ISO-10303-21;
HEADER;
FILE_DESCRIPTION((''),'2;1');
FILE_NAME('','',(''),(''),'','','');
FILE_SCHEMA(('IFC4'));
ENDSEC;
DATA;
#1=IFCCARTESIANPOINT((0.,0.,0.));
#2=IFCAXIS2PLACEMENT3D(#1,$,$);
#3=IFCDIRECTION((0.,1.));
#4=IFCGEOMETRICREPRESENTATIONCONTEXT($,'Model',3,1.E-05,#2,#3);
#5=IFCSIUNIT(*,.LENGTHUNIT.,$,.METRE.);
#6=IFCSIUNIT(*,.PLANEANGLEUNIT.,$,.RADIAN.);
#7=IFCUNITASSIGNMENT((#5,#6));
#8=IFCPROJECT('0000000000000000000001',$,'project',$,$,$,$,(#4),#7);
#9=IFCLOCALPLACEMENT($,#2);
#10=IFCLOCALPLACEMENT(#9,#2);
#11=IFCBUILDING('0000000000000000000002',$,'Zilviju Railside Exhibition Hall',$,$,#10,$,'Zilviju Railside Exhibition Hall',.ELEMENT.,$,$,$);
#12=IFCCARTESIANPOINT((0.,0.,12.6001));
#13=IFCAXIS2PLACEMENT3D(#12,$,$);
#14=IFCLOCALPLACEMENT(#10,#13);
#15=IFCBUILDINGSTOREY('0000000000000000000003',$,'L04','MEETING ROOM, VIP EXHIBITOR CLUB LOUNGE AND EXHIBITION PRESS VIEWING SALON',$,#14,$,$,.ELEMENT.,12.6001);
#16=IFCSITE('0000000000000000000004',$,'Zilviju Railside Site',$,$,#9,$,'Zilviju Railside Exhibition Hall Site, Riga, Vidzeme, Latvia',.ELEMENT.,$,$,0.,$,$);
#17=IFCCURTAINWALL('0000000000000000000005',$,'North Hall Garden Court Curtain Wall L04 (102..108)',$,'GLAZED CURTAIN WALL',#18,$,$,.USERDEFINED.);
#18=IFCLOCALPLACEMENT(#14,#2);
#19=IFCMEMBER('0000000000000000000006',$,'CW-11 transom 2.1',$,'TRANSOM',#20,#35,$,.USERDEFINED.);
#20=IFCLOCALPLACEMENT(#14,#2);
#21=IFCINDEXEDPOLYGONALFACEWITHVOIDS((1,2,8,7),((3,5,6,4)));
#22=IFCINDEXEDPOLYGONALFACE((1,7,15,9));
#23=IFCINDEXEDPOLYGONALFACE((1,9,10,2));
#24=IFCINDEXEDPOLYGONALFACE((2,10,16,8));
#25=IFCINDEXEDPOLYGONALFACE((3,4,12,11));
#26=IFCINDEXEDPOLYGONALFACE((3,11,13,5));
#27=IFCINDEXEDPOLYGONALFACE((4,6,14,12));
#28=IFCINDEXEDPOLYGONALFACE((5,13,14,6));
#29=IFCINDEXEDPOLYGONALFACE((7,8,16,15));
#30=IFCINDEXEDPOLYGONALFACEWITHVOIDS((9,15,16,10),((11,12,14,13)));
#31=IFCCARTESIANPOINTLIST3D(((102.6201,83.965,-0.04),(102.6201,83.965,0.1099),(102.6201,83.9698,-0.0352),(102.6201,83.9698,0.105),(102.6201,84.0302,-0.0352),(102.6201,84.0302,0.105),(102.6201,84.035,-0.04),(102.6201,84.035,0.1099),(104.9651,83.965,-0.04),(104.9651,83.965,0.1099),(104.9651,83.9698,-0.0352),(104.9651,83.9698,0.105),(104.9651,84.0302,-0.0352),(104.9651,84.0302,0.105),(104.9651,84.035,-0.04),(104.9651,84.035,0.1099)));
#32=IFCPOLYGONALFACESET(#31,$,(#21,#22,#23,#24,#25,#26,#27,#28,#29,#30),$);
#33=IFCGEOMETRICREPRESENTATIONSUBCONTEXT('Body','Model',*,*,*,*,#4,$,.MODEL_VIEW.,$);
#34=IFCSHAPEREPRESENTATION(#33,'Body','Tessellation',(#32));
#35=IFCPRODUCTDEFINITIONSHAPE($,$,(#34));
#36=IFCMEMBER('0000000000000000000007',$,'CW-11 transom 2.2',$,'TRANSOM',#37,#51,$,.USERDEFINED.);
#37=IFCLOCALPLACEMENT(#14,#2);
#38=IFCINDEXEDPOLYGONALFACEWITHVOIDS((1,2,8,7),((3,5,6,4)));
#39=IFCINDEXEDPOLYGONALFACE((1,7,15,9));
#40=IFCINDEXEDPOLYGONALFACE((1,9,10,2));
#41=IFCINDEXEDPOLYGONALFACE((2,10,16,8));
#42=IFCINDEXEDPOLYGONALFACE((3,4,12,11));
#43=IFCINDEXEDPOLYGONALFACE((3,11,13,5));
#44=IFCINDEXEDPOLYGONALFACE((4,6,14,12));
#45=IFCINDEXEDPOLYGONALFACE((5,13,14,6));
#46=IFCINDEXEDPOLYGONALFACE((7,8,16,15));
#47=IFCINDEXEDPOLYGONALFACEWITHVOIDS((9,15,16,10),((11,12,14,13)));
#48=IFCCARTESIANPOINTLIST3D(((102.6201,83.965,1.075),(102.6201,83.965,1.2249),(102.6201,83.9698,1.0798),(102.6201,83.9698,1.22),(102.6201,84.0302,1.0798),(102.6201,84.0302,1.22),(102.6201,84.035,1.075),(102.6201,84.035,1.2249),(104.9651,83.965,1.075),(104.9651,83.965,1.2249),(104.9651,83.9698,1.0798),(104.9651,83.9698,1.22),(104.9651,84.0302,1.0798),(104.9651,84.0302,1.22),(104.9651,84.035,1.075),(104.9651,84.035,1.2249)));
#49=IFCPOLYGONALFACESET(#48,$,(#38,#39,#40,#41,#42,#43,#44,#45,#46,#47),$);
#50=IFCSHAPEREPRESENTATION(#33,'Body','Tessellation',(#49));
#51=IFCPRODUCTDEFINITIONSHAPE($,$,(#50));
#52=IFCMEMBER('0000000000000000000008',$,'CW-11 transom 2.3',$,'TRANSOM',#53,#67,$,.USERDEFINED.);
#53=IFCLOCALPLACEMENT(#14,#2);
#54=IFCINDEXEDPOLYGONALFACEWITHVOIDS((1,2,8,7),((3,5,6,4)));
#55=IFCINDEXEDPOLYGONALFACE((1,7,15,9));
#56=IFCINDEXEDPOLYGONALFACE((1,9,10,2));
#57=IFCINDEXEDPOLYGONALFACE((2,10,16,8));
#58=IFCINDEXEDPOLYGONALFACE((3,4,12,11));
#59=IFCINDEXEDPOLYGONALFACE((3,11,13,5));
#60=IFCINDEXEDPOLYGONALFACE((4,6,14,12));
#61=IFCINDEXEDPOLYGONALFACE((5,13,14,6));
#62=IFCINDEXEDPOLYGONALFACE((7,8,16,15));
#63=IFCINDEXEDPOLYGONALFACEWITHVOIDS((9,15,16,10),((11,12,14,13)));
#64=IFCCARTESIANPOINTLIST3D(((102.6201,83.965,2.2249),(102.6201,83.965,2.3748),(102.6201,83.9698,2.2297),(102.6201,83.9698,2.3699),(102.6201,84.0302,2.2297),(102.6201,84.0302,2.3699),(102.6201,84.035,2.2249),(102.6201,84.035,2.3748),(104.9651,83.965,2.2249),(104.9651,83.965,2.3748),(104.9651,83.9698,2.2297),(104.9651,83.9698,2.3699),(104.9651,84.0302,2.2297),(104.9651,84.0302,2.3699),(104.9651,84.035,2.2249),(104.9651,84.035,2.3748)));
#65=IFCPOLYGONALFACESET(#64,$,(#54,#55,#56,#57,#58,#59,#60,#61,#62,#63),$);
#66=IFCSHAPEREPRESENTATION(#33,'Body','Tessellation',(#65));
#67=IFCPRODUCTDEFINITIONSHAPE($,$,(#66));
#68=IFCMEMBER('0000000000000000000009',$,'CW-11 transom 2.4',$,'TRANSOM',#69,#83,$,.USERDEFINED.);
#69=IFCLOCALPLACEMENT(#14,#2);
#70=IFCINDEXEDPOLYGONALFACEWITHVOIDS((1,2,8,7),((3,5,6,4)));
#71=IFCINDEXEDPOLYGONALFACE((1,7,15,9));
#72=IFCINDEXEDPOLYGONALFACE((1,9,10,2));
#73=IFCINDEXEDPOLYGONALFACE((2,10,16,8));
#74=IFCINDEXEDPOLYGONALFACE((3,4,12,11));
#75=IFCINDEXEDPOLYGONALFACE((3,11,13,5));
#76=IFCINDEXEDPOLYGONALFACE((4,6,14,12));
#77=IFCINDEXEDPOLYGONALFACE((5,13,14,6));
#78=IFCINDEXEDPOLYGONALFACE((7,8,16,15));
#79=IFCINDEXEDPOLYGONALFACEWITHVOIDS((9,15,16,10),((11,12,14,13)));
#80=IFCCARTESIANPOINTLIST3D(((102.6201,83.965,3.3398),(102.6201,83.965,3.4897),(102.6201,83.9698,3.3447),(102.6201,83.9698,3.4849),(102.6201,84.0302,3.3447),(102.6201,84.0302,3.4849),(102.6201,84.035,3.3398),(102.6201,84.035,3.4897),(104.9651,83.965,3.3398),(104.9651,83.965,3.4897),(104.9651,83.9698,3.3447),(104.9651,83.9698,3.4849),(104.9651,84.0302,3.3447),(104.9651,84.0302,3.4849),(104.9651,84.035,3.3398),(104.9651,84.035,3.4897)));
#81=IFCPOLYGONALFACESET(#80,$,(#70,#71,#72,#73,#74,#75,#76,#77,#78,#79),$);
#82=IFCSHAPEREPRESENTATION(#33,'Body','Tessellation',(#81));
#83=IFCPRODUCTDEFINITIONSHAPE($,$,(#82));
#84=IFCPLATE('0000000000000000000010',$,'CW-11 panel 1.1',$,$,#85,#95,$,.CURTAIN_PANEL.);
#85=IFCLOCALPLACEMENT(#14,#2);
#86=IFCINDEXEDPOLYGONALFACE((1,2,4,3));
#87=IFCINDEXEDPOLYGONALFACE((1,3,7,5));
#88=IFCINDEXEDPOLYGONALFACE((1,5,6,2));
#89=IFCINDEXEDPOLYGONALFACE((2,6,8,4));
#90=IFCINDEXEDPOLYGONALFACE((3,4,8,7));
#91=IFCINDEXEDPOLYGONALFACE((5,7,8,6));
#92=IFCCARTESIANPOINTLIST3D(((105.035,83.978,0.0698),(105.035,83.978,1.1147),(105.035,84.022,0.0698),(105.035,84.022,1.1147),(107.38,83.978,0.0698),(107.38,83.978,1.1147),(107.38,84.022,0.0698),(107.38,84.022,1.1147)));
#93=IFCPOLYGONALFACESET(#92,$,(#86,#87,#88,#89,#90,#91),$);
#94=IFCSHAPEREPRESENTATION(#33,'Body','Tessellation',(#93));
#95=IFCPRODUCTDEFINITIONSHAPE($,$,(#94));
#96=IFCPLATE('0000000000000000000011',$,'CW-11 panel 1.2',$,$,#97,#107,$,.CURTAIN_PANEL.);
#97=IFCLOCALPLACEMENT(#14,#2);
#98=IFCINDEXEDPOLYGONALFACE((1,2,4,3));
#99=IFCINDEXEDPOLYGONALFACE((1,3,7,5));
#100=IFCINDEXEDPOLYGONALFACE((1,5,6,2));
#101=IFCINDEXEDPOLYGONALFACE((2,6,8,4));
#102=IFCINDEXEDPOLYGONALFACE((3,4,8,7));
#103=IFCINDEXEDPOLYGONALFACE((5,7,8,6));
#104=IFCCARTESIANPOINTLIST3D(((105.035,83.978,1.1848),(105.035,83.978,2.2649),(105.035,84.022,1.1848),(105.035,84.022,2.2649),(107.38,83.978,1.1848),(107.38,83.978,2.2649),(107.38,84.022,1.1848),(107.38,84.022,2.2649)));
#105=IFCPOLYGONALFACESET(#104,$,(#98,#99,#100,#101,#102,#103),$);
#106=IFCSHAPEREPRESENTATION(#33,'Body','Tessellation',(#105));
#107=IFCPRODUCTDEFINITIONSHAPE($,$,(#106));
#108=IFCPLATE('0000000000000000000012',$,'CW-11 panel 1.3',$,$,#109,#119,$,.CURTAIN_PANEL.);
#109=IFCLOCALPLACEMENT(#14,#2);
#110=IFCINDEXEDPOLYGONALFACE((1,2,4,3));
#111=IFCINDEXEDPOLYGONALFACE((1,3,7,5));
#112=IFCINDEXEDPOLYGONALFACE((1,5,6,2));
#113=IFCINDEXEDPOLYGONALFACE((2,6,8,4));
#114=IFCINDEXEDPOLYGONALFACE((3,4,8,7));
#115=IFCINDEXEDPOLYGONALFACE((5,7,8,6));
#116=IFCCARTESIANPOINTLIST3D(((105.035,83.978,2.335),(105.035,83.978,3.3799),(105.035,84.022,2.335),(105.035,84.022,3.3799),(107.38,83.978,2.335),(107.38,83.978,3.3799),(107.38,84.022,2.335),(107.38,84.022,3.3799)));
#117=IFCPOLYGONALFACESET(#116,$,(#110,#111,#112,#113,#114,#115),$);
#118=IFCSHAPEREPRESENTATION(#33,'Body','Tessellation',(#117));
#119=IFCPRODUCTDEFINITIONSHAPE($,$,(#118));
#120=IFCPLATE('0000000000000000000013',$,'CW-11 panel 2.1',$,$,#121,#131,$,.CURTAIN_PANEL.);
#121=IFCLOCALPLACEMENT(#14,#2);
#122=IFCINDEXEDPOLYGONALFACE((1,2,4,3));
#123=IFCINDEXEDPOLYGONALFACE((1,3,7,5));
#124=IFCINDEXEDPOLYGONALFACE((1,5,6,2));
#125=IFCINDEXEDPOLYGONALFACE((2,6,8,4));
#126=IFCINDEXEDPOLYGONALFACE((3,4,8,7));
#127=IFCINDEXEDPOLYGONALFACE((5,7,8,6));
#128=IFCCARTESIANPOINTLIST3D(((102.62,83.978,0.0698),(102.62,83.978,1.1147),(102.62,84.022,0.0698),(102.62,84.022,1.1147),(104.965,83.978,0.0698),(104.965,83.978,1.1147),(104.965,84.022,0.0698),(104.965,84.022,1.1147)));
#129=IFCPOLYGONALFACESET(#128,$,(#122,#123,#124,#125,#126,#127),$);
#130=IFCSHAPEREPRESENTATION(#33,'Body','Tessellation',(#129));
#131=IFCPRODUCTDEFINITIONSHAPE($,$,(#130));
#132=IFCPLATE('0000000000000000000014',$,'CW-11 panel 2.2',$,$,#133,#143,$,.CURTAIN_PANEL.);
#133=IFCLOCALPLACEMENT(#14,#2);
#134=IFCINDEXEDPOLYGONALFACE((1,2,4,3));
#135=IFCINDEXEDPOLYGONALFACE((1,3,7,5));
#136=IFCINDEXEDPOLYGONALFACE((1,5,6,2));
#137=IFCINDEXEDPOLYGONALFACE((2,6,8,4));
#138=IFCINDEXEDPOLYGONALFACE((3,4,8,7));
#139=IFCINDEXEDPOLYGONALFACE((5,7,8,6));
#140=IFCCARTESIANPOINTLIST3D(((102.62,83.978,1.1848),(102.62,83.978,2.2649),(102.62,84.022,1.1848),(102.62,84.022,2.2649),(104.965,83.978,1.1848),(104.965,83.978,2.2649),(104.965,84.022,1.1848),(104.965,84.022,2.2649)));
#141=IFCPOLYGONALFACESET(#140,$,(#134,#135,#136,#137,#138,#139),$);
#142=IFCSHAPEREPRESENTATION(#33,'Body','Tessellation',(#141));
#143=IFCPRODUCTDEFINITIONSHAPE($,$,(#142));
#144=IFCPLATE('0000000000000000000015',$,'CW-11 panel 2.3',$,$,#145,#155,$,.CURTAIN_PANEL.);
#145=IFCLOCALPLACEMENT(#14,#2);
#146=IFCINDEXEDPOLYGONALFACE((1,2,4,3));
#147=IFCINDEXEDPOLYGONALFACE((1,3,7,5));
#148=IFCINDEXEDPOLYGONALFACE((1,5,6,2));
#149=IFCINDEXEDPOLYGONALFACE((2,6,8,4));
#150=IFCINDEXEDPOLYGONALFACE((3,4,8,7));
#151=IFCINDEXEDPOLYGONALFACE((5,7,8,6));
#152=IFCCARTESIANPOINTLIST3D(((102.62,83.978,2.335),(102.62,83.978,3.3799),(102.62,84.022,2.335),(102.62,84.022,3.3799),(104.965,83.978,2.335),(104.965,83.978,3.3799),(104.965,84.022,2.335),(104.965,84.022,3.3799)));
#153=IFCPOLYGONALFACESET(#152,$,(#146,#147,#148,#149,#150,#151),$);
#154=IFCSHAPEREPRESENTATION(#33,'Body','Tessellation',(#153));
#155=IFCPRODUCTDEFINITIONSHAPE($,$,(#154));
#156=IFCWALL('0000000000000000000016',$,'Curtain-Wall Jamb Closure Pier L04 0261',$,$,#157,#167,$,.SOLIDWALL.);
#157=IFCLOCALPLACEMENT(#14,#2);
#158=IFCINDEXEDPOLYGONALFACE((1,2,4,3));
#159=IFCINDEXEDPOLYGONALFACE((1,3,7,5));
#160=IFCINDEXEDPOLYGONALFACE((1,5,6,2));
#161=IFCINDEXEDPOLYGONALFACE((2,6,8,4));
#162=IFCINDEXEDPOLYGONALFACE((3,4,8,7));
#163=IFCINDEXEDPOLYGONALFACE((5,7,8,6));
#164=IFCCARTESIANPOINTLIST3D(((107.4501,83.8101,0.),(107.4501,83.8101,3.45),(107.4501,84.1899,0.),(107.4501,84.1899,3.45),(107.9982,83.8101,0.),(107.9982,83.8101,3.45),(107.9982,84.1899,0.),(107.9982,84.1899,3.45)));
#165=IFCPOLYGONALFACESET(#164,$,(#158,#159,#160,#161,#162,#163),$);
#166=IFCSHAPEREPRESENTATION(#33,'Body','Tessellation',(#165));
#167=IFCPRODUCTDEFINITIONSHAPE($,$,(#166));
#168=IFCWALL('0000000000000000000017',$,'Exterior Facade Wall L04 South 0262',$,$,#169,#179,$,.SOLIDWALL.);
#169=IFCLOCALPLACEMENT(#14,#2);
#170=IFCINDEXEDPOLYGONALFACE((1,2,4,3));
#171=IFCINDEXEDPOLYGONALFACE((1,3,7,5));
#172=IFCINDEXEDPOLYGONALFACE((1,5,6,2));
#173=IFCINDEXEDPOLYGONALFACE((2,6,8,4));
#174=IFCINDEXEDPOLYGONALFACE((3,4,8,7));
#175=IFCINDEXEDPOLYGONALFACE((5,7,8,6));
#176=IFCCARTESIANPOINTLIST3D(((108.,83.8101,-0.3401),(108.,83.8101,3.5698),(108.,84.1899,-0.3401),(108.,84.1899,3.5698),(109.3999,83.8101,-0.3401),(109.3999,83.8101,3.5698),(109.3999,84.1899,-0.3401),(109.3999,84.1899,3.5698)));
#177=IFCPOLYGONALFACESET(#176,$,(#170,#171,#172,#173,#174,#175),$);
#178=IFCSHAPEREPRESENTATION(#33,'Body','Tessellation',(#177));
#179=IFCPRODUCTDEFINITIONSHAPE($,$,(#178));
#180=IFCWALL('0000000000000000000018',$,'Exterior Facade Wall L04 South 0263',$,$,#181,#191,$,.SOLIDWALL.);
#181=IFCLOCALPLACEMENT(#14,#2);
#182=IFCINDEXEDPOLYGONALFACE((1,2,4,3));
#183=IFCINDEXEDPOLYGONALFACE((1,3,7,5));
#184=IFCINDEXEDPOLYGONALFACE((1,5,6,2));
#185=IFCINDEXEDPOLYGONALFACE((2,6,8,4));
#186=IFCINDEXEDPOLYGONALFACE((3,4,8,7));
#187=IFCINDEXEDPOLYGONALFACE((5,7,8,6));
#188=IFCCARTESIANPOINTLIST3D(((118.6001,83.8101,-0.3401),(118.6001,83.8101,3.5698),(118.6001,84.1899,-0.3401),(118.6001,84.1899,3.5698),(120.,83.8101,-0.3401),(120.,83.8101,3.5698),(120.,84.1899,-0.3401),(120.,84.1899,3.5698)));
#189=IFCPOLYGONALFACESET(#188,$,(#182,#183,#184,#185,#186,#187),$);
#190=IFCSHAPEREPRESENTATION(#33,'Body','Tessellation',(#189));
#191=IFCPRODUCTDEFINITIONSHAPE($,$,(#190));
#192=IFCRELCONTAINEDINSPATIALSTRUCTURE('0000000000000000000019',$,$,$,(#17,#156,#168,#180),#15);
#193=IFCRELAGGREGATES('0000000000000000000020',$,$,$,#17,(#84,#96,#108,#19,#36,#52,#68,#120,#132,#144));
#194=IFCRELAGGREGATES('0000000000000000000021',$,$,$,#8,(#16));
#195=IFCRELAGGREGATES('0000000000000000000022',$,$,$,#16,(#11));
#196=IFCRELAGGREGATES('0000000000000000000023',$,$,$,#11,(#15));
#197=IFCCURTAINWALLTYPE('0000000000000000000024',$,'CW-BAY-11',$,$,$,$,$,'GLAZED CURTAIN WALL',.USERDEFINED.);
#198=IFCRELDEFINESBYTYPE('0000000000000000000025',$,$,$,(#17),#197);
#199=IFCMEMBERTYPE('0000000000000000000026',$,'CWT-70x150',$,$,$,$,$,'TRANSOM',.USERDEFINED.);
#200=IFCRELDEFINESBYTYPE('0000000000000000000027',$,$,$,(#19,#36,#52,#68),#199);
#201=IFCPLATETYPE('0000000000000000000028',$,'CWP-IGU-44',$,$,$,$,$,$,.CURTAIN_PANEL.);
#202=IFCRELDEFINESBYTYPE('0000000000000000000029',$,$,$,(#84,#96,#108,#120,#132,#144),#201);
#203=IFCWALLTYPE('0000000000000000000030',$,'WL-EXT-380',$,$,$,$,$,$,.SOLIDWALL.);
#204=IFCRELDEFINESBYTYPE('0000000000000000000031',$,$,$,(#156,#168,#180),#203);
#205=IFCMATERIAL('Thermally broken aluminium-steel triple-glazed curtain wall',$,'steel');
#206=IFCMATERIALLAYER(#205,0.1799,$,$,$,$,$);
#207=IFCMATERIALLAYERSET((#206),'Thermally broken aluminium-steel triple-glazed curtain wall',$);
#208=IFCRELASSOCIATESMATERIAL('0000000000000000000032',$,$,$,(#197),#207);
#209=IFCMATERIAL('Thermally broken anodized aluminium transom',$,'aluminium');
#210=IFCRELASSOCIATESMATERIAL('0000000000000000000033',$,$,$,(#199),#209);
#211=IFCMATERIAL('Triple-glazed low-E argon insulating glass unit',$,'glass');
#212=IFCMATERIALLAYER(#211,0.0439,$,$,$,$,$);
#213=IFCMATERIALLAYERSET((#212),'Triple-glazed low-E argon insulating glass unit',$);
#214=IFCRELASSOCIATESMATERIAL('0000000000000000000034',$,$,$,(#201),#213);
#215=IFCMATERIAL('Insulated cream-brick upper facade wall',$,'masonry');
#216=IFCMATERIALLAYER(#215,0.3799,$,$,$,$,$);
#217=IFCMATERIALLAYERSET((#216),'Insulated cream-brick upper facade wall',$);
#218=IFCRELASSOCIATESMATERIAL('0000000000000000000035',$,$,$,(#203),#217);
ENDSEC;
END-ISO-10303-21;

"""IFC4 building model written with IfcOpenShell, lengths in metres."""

from ifc_helpers import new_model, si_unit, direction, frame, frame_2d, origin, origin_2d, place, context, subcontext, project, spatial, rectangle, hollow_rectangle, extrude, material, layer, layer_set, material_profile, profile_set, type_object, element, aggregate, save


model = new_model("IFC4")

# Units and contexts
model_context = context("Model", 3, precision=1e-05, world=origin(), true_north=direction((0.0, 1.0)))
body_context = subcontext(model_context, "Body", "Model", "MODEL_VIEW")
ifc_project = project(units=[si_unit("LENGTHUNIT", "METRE"), si_unit("PLANEANGLEUNIT", "RADIAN")], contexts=[model_context])

# Site, building, storey
site_placement = place(None, origin())
site = spatial("IfcSite", under=ifc_project, at=site_placement, Name="Zilviju Railside Site", LongName="Zilviju Railside Exhibition Hall Site, Riga, Vidzeme, Latvia", CompositionType="ELEMENT", RefElevation=0.0)
building_placement = place(site_placement, origin())
building = spatial("IfcBuilding", under=site, at=building_placement, Name="Zilviju Railside Exhibition Hall", LongName="Zilviju Railside Exhibition Hall", CompositionType="ELEMENT")
storey_placement = place(building_placement, frame((0.0, 0.0, 12.6001)))
storey = spatial("IfcBuildingStorey", under=building, at=storey_placement, Name="L04", Description="MEETING ROOM, VIP EXHIBITOR CLUB LOUNGE AND EXHIBITION PRESS VIEWING SALON", CompositionType="ELEMENT", Elevation=12.6001)

# Curtain wall, members, plates
ifc_material_1 = material(Name="Thermally broken aluminium-steel triple-glazed curtain wall", Category="steel")
ifc_layer_1 = layer(ifc_material_1, 0.1799)
ifc_layer_set_1 = layer_set([ifc_layer_1], Name="Thermally broken aluminium-steel triple-glazed curtain wall")
curtain_wall_type = type_object("IfcCurtainWallType", Name="CW-BAY-11", ElementType="GLAZED CURTAIN WALL", PredefinedType="USERDEFINED", material=ifc_layer_set_1)
curtain_wall_placement = place(storey_placement, origin())
curtain_wall = element("IfcCurtainWall", 1, at=curtain_wall_placement, inside=storey, type_object=curtain_wall_type, Name="North Hall Garden Court Curtain Wall L04 (102..108)", ObjectType="GLAZED CURTAIN WALL", PredefinedType="USERDEFINED")
ifc_material_2 = material(Name="Thermally broken anodized aluminium transom", Category="aluminium")
ifc_material_profile_1 = material_profile(ifc_material_2, hollow_rectangle(XDim=0.0701, YDim=0.1499, WallThickness=0.0049, at=origin_2d()), Name="TRANSOM 150x70x5")
ifc_profile_set_1 = profile_set([ifc_material_profile_1], Name="Thermally broken anodized aluminium transom")
member_type_1 = type_object("IfcMemberType", Name="CWT-70x150", ElementType="TRANSOM", PredefinedType="USERDEFINED", material=ifc_profile_set_1)
member_1_placement = place(storey_placement, frame((104.9651, 84.0, 0.0349), z_axis=(-1.0, 0.0, 0.0), x_axis=(0.0, -1.0, 0.0)))
member_1 = element("IfcMember", 2, at=member_1_placement, type_object=member_type_1, Name="CW-11 transom 2.1", ObjectType="TRANSOM", PredefinedType="USERDEFINED", context=body_context, shape_type="SweptSolid", body=[
    extrude(hollow_rectangle(XDim=0.0701, YDim=0.1499, WallThickness=0.0049, at=origin_2d()), origin(), (0.0, 0.0, 1.0), 2.345),
])
member_2_placement = place(storey_placement, frame((104.9651, 84.0, 1.1499), z_axis=(-1.0, 0.0, 0.0), x_axis=(0.0, -1.0, 0.0)))
member_2 = element("IfcMember", 3, at=member_2_placement, type_object=member_type_1, Name="CW-11 transom 2.2", ObjectType="TRANSOM", PredefinedType="USERDEFINED", context=body_context, shape_type="SweptSolid", body=[
    extrude(hollow_rectangle(XDim=0.0701, YDim=0.1499, WallThickness=0.0049, at=origin_2d()), origin(), (0.0, 0.0, 1.0), 2.345),
])
member_3_placement = place(storey_placement, frame((104.9651, 84.0, 2.2998), z_axis=(-1.0, 0.0, 0.0), x_axis=(0.0, -1.0, 0.0)))
member_3 = element("IfcMember", 4, at=member_3_placement, type_object=member_type_1, Name="CW-11 transom 2.3", ObjectType="TRANSOM", PredefinedType="USERDEFINED", context=body_context, shape_type="SweptSolid", body=[
    extrude(hollow_rectangle(XDim=0.0701, YDim=0.1499, WallThickness=0.0049, at=origin_2d()), origin(), (0.0, 0.0, 1.0), 2.345),
])
member_4_placement = place(storey_placement, frame((104.9651, 84.0, 3.4148), z_axis=(-1.0, 0.0, 0.0), x_axis=(0.0, -1.0, 0.0)))
member_4 = element("IfcMember", 5, at=member_4_placement, type_object=member_type_1, Name="CW-11 transom 2.4", ObjectType="TRANSOM", PredefinedType="USERDEFINED", context=body_context, shape_type="SweptSolid", body=[
    extrude(hollow_rectangle(XDim=0.0701, YDim=0.1499, WallThickness=0.0049, at=origin_2d()), origin(), (0.0, 0.0, 1.0), 2.345),
])
ifc_material_3 = material(Name="Triple-glazed low-E argon insulating glass unit", Category="glass")
ifc_layer_2 = layer(ifc_material_3, 0.0439)
ifc_layer_set_2 = layer_set([ifc_layer_2], Name="Triple-glazed low-E argon insulating glass unit")
plate_type = type_object("IfcPlateType", Name="CWP-IGU-44", PredefinedType="CURTAIN_PANEL", material=ifc_layer_set_2)
plate_1_placement = place(storey_placement, frame((106.2075, 84.0, 0.0698), z_axis=(0.0, 0.0, 1.0), x_axis=(-1.0, 0.0, 0.0)))
plate_1 = element("IfcPlate", 6, at=plate_1_placement, type_object=plate_type, Name="CW-11 panel 1.1", PredefinedType="CURTAIN_PANEL", context=body_context, shape_type="SweptSolid", body=[
    extrude(rectangle(XDim=2.345, YDim=0.0439, at=origin_2d()), origin(), (0.0, 0.0, 1.0), 1.0449),
])
plate_2_placement = place(storey_placement, frame((106.2075, 84.0, 1.1848), z_axis=(0.0, 0.0, 1.0), x_axis=(-1.0, 0.0, 0.0)))
plate_2 = element("IfcPlate", 7, at=plate_2_placement, type_object=plate_type, Name="CW-11 panel 1.2", PredefinedType="CURTAIN_PANEL", context=body_context, shape_type="SweptSolid", body=[
    extrude(rectangle(XDim=2.345, YDim=0.0439, at=origin_2d()), origin(), (0.0, 0.0, 1.0), 1.0801),
])
plate_3_placement = place(storey_placement, frame((106.2075, 84.0, 2.335), z_axis=(0.0, 0.0, 1.0), x_axis=(-1.0, 0.0, 0.0)))
plate_3 = element("IfcPlate", 8, at=plate_3_placement, type_object=plate_type, Name="CW-11 panel 1.3", PredefinedType="CURTAIN_PANEL", context=body_context, shape_type="SweptSolid", body=[
    extrude(rectangle(XDim=2.345, YDim=0.0439, at=origin_2d()), origin(), (0.0, 0.0, 1.0), 1.0449),
])
plate_4_placement = place(storey_placement, frame((103.7925, 84.0, 0.0698), z_axis=(0.0, 0.0, 1.0), x_axis=(-1.0, 0.0, 0.0)))
plate_4 = element("IfcPlate", 9, at=plate_4_placement, type_object=plate_type, Name="CW-11 panel 2.1", PredefinedType="CURTAIN_PANEL", context=body_context, shape_type="SweptSolid", body=[
    extrude(rectangle(XDim=2.345, YDim=0.0439, at=origin_2d()), origin(), (0.0, 0.0, 1.0), 1.0449),
])
plate_5_placement = place(storey_placement, frame((103.7925, 84.0, 1.1848), z_axis=(0.0, 0.0, 1.0), x_axis=(-1.0, 0.0, 0.0)))
plate_5 = element("IfcPlate", 10, at=plate_5_placement, type_object=plate_type, Name="CW-11 panel 2.2", PredefinedType="CURTAIN_PANEL", context=body_context, shape_type="SweptSolid", body=[
    extrude(rectangle(XDim=2.345, YDim=0.0439, at=origin_2d()), origin(), (0.0, 0.0, 1.0), 1.0801),
])
plate_6_placement = place(storey_placement, frame((103.7925, 84.0, 2.335), z_axis=(0.0, 0.0, 1.0), x_axis=(-1.0, 0.0, 0.0)))
plate_6 = element("IfcPlate", 11, at=plate_6_placement, type_object=plate_type, Name="CW-11 panel 2.3", PredefinedType="CURTAIN_PANEL", context=body_context, shape_type="SweptSolid", body=[
    extrude(rectangle(XDim=2.345, YDim=0.0439, at=origin_2d()), origin(), (0.0, 0.0, 1.0), 1.0449),
])
aggregate(curtain_wall, [plate_1, plate_2, plate_3, member_1, member_2, member_3, member_4, plate_4, plate_5, plate_6])

# Walls
ifc_material_4 = material(Name="Insulated cream-brick upper facade wall", Category="masonry")
ifc_layer_3 = layer(ifc_material_4, 0.3799)
ifc_layer_set_3 = layer_set([ifc_layer_3], Name="Insulated cream-brick upper facade wall")
wall_type = type_object("IfcWallType", Name="WL-EXT-380", PredefinedType="SOLIDWALL", material=ifc_layer_set_3)
wall_1_placement = place(storey_placement, frame((107.998, 84.0, 0.0), z_axis=(0.0, 0.0, 1.0), x_axis=(-1.0, 0.0, 0.0)))
element("IfcWall", 12, at=wall_1_placement, inside=storey, type_object=wall_type, Name="Curtain-Wall Jamb Closure Pier L04 0261", PredefinedType="SOLIDWALL", context=body_context, shape_type="SweptSolid", body=[
    extrude(rectangle(XDim=0.5481, YDim=0.3799, at=frame_2d((0.2739, 0.0))), origin(), (0.0, 0.0, 1.0), 3.45),
])
for number, where, z_axis, x_axis, name in (
    (13, (109.3999, 84.0, -0.3401), (0.0, 0.0, 1.0), (-1.0, 0.0, 0.0), "Exterior Facade Wall L04 South 0262"),
    (14, (120.0, 84.0, -0.3401), (0.0, 0.0, 1.0), (-1.0, 0.0, 0.0), "Exterior Facade Wall L04 South 0263"),
):
    element("IfcWall", number, at=place(storey_placement, frame(where, z_axis=z_axis, x_axis=x_axis)), inside=storey, type_object=wall_type, Name=name, PredefinedType="SOLIDWALL", context=body_context, shape_type="SweptSolid", body=[
        extrude(rectangle(XDim=1.3999, YDim=0.3799, at=frame_2d((0.7, 0.0))), origin(), (0.0, 0.0, 1.0), 3.9099),
    ])

save(model, "model.ifc")
